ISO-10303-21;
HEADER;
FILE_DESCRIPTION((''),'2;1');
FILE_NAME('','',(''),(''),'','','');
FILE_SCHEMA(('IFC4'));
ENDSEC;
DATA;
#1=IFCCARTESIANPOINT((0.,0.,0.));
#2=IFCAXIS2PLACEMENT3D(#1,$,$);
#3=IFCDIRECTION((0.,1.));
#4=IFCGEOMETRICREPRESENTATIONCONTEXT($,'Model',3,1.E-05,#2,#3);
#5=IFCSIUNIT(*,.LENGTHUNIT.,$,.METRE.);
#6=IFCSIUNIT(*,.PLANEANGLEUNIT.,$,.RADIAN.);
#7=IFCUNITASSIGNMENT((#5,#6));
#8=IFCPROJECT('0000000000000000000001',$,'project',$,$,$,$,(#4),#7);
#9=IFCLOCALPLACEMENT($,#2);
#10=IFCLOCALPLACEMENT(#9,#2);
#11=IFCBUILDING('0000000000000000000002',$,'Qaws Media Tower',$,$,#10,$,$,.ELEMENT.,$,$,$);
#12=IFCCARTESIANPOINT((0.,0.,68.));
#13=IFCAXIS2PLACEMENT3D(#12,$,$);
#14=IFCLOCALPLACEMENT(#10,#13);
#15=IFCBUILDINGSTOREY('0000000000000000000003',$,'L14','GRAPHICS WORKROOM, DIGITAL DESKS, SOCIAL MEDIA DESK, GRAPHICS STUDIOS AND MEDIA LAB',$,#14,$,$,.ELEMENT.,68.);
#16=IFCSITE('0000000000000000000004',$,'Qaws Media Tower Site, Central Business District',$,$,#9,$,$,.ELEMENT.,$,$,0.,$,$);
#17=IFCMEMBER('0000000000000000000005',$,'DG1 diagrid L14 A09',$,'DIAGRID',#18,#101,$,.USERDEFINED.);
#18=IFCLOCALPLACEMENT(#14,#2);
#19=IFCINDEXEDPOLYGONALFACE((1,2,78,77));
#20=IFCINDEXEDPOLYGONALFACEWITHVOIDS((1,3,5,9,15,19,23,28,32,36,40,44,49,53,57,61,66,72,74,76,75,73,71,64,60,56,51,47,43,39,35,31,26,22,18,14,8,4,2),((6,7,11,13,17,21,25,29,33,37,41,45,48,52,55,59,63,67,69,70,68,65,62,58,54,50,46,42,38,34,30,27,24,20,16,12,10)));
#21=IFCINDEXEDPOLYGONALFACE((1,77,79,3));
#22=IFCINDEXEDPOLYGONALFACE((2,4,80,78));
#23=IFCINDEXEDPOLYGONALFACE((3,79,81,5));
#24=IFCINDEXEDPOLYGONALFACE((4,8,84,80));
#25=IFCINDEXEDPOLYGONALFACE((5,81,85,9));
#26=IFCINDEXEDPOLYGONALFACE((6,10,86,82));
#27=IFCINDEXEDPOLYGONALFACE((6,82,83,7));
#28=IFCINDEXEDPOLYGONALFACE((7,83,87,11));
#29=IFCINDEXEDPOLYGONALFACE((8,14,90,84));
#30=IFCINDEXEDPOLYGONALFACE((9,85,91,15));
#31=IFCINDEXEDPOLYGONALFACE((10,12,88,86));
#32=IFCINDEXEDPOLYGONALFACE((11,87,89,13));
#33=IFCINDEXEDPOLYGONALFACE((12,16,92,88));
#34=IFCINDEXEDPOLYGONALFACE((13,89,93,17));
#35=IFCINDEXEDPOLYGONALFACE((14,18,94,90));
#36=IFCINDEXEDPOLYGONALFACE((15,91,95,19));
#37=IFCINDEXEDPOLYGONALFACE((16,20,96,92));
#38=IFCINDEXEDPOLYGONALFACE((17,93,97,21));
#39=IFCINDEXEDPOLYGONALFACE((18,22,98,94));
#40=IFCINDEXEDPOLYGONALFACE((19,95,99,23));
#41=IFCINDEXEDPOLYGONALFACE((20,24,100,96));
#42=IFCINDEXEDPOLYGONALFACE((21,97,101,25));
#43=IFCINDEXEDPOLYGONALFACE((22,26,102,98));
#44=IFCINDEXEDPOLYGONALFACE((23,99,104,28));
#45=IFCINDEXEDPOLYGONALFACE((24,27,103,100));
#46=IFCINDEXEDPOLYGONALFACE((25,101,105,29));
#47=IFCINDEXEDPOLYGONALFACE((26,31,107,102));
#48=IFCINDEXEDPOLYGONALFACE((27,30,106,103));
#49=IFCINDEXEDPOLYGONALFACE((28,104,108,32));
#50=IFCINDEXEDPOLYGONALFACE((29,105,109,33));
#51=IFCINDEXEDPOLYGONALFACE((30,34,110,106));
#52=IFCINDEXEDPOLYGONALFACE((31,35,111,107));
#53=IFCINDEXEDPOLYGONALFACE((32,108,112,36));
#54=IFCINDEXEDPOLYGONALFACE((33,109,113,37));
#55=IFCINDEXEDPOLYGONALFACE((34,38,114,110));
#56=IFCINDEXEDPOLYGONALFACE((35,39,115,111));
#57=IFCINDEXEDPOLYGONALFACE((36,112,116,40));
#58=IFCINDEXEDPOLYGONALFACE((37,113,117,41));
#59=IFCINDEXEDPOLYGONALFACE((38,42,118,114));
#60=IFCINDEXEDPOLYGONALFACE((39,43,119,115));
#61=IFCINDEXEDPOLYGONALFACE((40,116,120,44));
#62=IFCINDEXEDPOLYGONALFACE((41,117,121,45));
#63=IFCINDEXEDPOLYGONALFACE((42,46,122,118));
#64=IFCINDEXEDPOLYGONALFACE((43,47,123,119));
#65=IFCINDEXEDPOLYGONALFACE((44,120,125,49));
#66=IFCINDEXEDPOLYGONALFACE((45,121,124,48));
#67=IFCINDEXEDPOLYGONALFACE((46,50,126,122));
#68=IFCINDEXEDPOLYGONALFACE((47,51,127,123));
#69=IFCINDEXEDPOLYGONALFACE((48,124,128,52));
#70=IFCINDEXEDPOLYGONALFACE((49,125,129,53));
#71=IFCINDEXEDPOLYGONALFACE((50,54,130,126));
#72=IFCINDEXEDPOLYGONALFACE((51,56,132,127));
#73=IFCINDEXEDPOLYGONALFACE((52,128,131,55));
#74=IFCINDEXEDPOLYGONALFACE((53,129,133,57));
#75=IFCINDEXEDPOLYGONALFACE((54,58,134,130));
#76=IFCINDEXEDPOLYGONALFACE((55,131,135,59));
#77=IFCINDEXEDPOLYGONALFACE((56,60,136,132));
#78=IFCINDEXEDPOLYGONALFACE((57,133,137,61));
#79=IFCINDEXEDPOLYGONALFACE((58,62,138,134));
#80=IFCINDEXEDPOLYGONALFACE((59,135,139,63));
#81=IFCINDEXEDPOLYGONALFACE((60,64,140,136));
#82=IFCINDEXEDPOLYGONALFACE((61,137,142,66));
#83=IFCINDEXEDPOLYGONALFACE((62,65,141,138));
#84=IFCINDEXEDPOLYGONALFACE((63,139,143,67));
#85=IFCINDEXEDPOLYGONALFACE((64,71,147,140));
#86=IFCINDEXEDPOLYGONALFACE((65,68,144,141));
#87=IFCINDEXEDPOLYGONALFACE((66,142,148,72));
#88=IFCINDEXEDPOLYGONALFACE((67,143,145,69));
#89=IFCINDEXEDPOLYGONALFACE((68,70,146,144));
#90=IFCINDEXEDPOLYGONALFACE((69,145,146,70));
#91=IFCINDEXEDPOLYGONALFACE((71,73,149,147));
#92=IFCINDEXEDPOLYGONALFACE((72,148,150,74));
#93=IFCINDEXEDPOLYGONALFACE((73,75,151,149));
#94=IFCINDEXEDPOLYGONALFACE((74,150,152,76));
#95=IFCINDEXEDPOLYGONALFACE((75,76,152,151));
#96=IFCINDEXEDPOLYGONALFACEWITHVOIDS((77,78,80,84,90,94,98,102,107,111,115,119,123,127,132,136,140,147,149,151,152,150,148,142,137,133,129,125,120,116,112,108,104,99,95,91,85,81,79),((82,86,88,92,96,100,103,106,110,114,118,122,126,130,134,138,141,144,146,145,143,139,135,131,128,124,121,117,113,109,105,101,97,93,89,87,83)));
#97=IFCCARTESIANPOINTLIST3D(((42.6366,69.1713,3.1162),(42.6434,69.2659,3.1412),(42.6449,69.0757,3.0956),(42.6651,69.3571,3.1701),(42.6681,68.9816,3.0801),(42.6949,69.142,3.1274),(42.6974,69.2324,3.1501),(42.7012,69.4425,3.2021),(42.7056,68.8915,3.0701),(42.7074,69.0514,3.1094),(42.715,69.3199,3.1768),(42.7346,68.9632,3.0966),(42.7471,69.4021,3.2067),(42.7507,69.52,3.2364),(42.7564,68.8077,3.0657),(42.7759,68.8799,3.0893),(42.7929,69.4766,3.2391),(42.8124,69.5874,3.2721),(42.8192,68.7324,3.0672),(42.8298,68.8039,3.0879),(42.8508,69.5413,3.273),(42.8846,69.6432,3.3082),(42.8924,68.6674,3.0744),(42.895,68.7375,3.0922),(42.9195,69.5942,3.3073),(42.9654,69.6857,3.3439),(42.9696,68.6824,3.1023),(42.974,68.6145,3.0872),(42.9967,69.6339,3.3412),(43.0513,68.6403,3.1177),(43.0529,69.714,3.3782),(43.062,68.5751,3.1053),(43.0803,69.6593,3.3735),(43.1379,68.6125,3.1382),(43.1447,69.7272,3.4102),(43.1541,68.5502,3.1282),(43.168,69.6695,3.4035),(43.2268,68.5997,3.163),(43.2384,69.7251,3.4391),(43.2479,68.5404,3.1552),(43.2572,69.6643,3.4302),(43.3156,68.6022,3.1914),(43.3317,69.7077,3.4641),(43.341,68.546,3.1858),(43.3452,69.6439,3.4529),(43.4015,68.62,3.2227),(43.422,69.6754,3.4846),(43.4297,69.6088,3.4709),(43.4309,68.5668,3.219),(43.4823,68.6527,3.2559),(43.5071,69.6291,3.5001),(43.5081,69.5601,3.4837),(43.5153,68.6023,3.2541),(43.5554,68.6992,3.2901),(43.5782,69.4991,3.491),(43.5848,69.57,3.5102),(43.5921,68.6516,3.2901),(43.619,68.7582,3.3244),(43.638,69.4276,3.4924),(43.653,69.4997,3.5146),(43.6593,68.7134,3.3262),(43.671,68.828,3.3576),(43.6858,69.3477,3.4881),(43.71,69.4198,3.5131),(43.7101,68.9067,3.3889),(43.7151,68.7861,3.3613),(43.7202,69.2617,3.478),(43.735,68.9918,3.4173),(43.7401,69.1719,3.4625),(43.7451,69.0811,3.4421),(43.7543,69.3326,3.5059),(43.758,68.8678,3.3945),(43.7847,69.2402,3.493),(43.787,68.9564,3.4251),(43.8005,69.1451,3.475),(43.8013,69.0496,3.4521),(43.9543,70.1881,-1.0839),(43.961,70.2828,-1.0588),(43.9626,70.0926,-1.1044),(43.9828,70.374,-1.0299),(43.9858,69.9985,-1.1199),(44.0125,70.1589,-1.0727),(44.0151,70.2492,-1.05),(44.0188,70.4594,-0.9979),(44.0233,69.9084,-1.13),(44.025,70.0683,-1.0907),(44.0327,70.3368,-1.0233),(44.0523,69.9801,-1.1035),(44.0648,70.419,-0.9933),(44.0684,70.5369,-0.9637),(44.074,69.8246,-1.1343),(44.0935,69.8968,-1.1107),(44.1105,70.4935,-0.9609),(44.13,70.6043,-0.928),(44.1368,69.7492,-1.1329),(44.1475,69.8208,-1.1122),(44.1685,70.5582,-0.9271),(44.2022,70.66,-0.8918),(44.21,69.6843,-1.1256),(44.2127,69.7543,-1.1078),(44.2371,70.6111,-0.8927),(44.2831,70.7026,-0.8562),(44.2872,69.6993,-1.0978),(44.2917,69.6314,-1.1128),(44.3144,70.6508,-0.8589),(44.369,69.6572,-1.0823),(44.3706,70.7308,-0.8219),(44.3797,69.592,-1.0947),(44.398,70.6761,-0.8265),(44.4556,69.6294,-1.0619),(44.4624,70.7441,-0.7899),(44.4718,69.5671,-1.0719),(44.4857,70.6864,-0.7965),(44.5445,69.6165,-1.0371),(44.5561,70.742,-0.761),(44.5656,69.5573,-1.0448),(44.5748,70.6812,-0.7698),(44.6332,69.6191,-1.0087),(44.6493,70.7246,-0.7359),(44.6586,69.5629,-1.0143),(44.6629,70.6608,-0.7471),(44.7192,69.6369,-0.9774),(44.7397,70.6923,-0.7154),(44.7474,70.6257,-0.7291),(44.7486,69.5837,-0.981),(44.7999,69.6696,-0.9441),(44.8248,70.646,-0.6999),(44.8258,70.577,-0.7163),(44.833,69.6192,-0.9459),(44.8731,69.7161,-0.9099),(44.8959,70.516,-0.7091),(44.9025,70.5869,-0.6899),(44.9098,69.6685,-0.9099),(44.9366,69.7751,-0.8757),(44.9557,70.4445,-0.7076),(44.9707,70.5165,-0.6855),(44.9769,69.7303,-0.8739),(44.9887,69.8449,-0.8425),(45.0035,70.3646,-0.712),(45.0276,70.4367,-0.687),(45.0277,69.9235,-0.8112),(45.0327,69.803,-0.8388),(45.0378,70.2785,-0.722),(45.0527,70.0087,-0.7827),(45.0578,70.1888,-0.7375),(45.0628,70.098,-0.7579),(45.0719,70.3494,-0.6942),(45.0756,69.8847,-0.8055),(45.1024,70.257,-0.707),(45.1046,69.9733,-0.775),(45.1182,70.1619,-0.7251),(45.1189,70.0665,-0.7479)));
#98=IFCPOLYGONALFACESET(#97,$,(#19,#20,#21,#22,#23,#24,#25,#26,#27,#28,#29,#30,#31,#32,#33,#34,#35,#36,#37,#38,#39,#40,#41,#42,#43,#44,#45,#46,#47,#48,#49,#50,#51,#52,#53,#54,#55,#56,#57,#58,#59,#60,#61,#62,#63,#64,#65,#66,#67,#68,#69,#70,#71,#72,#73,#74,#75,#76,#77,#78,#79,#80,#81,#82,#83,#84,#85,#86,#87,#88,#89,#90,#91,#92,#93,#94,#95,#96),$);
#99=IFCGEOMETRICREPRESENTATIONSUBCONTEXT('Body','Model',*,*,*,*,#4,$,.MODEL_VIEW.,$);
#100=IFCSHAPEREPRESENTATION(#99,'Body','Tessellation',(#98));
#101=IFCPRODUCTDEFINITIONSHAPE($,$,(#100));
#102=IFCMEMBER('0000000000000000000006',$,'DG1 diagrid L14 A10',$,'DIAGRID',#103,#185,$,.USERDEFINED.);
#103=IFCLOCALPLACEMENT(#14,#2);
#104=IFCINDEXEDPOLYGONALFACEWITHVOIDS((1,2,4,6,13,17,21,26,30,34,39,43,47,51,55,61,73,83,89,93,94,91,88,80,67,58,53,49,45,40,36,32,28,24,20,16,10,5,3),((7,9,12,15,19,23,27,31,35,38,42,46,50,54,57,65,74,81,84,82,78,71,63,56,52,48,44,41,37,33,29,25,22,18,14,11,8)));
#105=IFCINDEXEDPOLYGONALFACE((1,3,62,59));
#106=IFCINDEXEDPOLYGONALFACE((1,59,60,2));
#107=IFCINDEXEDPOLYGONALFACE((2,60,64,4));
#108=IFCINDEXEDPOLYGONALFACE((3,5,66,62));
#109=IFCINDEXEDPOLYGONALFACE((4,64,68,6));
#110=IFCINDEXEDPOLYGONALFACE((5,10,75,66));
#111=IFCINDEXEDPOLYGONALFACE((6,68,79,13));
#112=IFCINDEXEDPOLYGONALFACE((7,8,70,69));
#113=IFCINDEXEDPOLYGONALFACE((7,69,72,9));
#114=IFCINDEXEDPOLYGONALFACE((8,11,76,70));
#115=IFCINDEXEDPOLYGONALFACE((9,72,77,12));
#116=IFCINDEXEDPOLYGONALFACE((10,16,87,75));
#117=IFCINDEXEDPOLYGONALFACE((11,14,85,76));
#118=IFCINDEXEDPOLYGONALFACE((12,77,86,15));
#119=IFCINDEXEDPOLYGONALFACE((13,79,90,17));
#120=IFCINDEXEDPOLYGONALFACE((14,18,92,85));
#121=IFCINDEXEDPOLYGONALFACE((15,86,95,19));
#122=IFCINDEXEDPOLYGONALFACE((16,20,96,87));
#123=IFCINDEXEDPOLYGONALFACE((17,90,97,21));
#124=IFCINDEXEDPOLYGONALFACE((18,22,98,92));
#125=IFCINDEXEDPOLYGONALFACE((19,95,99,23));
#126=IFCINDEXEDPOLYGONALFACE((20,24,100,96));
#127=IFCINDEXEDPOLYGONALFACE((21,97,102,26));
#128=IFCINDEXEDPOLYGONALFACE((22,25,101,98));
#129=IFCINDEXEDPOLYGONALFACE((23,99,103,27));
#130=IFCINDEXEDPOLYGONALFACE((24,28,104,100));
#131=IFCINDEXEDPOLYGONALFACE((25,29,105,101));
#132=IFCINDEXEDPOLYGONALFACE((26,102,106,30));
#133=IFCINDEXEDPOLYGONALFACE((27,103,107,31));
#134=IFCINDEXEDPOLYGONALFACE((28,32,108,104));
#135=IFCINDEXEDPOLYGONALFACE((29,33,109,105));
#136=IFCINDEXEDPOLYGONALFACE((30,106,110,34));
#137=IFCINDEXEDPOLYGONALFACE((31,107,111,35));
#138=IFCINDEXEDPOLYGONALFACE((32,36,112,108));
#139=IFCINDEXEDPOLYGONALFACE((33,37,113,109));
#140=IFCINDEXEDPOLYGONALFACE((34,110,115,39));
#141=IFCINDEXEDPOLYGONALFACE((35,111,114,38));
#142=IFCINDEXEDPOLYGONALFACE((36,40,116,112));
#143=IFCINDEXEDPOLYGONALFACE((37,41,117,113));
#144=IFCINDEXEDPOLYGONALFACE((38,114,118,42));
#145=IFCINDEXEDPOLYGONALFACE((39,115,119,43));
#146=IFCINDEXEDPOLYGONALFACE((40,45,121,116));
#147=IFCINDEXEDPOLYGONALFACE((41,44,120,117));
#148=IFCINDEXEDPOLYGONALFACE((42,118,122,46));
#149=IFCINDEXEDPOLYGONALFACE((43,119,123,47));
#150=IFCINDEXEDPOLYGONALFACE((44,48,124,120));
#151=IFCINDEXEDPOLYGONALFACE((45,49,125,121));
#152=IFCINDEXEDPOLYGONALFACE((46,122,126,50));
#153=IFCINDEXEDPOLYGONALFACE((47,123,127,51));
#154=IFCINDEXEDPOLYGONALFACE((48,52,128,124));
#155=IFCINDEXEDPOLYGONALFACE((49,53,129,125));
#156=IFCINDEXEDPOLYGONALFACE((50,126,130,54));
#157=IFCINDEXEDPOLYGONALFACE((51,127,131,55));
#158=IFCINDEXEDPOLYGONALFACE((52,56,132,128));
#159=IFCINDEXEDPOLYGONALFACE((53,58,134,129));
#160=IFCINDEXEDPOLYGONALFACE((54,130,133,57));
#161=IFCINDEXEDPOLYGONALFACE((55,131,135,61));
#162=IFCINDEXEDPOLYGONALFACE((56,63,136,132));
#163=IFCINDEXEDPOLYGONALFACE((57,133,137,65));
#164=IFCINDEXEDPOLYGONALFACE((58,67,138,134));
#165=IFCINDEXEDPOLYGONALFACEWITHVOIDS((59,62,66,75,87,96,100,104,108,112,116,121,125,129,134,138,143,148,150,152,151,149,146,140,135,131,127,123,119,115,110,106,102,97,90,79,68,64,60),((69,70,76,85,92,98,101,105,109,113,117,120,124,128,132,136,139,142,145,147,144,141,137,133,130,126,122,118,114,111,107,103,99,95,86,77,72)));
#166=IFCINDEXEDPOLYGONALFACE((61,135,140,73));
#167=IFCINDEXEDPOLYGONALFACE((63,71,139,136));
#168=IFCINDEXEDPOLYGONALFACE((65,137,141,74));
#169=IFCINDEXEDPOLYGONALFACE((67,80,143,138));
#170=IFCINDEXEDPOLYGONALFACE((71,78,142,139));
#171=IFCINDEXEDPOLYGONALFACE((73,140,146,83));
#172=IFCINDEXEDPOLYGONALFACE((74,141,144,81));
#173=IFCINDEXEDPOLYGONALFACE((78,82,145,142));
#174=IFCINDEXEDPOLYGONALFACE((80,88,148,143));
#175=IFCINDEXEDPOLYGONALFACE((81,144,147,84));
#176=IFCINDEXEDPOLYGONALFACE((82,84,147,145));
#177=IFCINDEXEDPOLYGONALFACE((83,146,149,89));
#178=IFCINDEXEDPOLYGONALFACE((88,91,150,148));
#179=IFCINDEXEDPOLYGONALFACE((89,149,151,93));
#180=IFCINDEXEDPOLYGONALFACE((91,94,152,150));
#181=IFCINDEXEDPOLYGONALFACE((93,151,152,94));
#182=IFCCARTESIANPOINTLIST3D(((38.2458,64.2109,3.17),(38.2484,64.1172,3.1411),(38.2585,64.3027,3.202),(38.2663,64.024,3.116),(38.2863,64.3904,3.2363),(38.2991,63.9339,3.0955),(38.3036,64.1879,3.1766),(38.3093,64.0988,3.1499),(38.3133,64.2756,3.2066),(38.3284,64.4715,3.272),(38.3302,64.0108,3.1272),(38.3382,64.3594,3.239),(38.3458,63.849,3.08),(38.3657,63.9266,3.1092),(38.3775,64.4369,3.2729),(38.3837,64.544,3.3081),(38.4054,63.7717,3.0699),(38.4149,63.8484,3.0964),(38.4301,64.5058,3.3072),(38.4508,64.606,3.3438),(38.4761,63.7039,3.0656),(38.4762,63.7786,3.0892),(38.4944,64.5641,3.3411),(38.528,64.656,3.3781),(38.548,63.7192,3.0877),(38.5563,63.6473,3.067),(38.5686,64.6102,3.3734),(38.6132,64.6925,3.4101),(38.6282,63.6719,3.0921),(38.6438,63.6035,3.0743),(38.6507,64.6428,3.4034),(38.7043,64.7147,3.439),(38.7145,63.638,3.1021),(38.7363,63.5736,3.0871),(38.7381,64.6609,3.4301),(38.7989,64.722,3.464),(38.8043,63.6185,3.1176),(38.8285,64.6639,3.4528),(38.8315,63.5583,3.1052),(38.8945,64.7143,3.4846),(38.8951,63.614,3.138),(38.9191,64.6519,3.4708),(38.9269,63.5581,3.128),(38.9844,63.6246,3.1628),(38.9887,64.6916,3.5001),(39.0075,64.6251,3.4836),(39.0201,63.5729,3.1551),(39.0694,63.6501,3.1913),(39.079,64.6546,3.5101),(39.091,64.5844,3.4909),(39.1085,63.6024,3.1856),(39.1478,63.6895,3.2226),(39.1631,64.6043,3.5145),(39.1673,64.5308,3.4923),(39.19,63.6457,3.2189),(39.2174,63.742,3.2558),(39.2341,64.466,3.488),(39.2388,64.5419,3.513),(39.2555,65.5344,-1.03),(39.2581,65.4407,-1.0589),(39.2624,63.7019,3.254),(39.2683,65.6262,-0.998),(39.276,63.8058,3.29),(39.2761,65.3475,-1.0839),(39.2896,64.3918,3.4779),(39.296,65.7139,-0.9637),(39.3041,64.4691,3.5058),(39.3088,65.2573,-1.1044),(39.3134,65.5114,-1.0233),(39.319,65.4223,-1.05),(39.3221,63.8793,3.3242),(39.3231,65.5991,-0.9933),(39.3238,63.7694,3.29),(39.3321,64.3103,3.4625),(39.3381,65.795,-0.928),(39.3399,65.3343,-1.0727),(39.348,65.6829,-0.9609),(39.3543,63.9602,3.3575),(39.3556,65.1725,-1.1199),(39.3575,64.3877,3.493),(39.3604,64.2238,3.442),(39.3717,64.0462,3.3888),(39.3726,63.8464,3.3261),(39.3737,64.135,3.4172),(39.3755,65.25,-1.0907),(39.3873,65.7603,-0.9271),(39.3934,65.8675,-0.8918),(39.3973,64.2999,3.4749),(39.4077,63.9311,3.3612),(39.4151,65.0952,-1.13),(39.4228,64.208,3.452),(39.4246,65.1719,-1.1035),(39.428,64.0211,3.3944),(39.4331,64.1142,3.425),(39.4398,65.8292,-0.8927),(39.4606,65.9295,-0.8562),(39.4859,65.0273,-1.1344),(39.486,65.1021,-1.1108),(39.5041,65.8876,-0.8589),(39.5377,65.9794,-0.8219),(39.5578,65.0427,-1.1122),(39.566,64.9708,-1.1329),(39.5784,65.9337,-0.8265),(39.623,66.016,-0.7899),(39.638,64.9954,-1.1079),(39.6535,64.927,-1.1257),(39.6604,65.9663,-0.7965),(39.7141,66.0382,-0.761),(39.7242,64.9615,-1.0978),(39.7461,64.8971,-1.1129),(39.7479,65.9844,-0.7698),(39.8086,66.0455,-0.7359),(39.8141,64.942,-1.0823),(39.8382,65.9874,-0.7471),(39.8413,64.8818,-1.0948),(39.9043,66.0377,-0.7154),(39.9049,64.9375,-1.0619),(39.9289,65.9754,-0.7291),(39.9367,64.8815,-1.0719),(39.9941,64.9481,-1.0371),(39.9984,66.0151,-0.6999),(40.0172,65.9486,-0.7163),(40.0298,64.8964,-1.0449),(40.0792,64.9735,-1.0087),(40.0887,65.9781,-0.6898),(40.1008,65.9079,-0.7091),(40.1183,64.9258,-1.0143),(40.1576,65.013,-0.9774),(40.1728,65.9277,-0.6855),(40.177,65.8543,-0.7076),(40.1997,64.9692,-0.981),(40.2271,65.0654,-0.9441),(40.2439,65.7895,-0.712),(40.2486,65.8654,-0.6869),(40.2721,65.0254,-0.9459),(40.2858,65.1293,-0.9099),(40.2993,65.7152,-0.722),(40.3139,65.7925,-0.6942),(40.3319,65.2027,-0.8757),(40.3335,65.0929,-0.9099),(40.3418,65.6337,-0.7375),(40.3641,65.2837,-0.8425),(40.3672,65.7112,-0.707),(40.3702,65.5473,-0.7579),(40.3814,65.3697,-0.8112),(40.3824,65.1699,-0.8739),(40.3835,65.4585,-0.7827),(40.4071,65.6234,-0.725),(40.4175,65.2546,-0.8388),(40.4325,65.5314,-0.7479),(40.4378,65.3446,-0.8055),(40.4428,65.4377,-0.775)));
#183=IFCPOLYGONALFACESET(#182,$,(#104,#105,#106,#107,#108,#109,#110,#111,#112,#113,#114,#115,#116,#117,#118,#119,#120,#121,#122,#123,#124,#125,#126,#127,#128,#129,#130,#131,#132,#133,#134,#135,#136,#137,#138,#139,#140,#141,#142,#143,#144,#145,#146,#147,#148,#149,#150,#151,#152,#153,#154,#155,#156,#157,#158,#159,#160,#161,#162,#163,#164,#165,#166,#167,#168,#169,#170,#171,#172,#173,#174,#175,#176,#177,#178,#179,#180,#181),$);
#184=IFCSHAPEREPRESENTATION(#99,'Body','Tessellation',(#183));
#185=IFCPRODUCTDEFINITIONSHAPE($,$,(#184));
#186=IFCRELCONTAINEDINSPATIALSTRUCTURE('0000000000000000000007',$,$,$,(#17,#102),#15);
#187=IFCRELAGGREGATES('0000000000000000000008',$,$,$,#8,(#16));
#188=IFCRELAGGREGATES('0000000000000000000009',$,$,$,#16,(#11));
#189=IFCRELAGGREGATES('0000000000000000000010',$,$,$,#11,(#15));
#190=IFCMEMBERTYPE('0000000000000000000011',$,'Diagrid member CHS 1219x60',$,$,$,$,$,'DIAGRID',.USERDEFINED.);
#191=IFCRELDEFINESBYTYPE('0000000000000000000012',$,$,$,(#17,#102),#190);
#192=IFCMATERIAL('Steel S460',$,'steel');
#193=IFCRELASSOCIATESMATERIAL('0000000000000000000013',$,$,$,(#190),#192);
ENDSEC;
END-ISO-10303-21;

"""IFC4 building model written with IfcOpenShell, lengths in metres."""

from ifc_helpers import new_model, si_unit, direction, frame, origin, origin_2d, place, context, subcontext, project, spatial, hollow_circle, extrude, material, material_profile, profile_set, type_object, element, save


model = new_model("IFC4")

# Units and contexts
model_context = context("Model", 3, precision=1e-05, world=origin(), true_north=direction((0.0, 1.0)))
body_context = subcontext(model_context, "Body", "Model", "MODEL_VIEW")
ifc_project = project(units=[si_unit("LENGTHUNIT", "METRE"), si_unit("PLANEANGLEUNIT", "RADIAN")], contexts=[model_context])

# Site, building, storey
site_placement = place(None, origin())
site = spatial("IfcSite", under=ifc_project, at=site_placement, Name="Qaws Media Tower Site, Central Business District", CompositionType="ELEMENT", RefElevation=0.0)
building_placement = place(site_placement, origin())
building = spatial("IfcBuilding", under=site, at=building_placement, Name="Qaws Media Tower", CompositionType="ELEMENT")
storey_placement = place(building_placement, frame((0.0, 0.0, 68.0)))
storey = spatial("IfcBuildingStorey", under=building, at=storey_placement, Name="L14", Description="GRAPHICS WORKROOM, DIGITAL DESKS, SOCIAL MEDIA DESK, GRAPHICS STUDIOS AND MEDIA LAB", CompositionType="ELEMENT", Elevation=68.0)

# Members
ifc_material_1 = material(Name="Steel S460", Category="steel")
ifc_material_profile_1 = material_profile(ifc_material_1, hollow_circle(Radius=0.6096, WallThickness=0.0601, at=origin_2d()), Name="CHS 1219x60")
ifc_profile_set_1 = profile_set([ifc_material_profile_1], Name="Steel S460")
member_type_1 = type_object("IfcMemberType", Name="Diagrid member CHS 1219x60", ElementType="DIAGRID", PredefinedType="USERDEFINED", material=ifc_profile_set_1)
for number, where, z_axis, x_axis, name in (
    (1, (44.5374, 70.1511, -0.9099), (-0.291658, -0.22508, 0.929664), (0.610951, -0.791669, 0.0), "DG1 diagrid L14 A09"),
    (2, (39.8489, 65.4626, -0.9099), (-0.223507, -0.292947, 0.929638), (0.795028, -0.606573, 0.0), "DG1 diagrid L14 A10"),
):
    element("IfcMember", number, at=place(storey_placement, frame(where, z_axis=z_axis, x_axis=x_axis)), inside=storey, type_object=member_type_1, Name=name, ObjectType="DIAGRID", PredefinedType="USERDEFINED", context=body_context, shape_type="SweptSolid", body=[
        extrude(hollow_circle(Radius=0.6096, WallThickness=0.0601, at=origin_2d()), origin(), (0.0, 0.0, 1.0), 4.5178),
    ])

save(model, "model.ifc")
